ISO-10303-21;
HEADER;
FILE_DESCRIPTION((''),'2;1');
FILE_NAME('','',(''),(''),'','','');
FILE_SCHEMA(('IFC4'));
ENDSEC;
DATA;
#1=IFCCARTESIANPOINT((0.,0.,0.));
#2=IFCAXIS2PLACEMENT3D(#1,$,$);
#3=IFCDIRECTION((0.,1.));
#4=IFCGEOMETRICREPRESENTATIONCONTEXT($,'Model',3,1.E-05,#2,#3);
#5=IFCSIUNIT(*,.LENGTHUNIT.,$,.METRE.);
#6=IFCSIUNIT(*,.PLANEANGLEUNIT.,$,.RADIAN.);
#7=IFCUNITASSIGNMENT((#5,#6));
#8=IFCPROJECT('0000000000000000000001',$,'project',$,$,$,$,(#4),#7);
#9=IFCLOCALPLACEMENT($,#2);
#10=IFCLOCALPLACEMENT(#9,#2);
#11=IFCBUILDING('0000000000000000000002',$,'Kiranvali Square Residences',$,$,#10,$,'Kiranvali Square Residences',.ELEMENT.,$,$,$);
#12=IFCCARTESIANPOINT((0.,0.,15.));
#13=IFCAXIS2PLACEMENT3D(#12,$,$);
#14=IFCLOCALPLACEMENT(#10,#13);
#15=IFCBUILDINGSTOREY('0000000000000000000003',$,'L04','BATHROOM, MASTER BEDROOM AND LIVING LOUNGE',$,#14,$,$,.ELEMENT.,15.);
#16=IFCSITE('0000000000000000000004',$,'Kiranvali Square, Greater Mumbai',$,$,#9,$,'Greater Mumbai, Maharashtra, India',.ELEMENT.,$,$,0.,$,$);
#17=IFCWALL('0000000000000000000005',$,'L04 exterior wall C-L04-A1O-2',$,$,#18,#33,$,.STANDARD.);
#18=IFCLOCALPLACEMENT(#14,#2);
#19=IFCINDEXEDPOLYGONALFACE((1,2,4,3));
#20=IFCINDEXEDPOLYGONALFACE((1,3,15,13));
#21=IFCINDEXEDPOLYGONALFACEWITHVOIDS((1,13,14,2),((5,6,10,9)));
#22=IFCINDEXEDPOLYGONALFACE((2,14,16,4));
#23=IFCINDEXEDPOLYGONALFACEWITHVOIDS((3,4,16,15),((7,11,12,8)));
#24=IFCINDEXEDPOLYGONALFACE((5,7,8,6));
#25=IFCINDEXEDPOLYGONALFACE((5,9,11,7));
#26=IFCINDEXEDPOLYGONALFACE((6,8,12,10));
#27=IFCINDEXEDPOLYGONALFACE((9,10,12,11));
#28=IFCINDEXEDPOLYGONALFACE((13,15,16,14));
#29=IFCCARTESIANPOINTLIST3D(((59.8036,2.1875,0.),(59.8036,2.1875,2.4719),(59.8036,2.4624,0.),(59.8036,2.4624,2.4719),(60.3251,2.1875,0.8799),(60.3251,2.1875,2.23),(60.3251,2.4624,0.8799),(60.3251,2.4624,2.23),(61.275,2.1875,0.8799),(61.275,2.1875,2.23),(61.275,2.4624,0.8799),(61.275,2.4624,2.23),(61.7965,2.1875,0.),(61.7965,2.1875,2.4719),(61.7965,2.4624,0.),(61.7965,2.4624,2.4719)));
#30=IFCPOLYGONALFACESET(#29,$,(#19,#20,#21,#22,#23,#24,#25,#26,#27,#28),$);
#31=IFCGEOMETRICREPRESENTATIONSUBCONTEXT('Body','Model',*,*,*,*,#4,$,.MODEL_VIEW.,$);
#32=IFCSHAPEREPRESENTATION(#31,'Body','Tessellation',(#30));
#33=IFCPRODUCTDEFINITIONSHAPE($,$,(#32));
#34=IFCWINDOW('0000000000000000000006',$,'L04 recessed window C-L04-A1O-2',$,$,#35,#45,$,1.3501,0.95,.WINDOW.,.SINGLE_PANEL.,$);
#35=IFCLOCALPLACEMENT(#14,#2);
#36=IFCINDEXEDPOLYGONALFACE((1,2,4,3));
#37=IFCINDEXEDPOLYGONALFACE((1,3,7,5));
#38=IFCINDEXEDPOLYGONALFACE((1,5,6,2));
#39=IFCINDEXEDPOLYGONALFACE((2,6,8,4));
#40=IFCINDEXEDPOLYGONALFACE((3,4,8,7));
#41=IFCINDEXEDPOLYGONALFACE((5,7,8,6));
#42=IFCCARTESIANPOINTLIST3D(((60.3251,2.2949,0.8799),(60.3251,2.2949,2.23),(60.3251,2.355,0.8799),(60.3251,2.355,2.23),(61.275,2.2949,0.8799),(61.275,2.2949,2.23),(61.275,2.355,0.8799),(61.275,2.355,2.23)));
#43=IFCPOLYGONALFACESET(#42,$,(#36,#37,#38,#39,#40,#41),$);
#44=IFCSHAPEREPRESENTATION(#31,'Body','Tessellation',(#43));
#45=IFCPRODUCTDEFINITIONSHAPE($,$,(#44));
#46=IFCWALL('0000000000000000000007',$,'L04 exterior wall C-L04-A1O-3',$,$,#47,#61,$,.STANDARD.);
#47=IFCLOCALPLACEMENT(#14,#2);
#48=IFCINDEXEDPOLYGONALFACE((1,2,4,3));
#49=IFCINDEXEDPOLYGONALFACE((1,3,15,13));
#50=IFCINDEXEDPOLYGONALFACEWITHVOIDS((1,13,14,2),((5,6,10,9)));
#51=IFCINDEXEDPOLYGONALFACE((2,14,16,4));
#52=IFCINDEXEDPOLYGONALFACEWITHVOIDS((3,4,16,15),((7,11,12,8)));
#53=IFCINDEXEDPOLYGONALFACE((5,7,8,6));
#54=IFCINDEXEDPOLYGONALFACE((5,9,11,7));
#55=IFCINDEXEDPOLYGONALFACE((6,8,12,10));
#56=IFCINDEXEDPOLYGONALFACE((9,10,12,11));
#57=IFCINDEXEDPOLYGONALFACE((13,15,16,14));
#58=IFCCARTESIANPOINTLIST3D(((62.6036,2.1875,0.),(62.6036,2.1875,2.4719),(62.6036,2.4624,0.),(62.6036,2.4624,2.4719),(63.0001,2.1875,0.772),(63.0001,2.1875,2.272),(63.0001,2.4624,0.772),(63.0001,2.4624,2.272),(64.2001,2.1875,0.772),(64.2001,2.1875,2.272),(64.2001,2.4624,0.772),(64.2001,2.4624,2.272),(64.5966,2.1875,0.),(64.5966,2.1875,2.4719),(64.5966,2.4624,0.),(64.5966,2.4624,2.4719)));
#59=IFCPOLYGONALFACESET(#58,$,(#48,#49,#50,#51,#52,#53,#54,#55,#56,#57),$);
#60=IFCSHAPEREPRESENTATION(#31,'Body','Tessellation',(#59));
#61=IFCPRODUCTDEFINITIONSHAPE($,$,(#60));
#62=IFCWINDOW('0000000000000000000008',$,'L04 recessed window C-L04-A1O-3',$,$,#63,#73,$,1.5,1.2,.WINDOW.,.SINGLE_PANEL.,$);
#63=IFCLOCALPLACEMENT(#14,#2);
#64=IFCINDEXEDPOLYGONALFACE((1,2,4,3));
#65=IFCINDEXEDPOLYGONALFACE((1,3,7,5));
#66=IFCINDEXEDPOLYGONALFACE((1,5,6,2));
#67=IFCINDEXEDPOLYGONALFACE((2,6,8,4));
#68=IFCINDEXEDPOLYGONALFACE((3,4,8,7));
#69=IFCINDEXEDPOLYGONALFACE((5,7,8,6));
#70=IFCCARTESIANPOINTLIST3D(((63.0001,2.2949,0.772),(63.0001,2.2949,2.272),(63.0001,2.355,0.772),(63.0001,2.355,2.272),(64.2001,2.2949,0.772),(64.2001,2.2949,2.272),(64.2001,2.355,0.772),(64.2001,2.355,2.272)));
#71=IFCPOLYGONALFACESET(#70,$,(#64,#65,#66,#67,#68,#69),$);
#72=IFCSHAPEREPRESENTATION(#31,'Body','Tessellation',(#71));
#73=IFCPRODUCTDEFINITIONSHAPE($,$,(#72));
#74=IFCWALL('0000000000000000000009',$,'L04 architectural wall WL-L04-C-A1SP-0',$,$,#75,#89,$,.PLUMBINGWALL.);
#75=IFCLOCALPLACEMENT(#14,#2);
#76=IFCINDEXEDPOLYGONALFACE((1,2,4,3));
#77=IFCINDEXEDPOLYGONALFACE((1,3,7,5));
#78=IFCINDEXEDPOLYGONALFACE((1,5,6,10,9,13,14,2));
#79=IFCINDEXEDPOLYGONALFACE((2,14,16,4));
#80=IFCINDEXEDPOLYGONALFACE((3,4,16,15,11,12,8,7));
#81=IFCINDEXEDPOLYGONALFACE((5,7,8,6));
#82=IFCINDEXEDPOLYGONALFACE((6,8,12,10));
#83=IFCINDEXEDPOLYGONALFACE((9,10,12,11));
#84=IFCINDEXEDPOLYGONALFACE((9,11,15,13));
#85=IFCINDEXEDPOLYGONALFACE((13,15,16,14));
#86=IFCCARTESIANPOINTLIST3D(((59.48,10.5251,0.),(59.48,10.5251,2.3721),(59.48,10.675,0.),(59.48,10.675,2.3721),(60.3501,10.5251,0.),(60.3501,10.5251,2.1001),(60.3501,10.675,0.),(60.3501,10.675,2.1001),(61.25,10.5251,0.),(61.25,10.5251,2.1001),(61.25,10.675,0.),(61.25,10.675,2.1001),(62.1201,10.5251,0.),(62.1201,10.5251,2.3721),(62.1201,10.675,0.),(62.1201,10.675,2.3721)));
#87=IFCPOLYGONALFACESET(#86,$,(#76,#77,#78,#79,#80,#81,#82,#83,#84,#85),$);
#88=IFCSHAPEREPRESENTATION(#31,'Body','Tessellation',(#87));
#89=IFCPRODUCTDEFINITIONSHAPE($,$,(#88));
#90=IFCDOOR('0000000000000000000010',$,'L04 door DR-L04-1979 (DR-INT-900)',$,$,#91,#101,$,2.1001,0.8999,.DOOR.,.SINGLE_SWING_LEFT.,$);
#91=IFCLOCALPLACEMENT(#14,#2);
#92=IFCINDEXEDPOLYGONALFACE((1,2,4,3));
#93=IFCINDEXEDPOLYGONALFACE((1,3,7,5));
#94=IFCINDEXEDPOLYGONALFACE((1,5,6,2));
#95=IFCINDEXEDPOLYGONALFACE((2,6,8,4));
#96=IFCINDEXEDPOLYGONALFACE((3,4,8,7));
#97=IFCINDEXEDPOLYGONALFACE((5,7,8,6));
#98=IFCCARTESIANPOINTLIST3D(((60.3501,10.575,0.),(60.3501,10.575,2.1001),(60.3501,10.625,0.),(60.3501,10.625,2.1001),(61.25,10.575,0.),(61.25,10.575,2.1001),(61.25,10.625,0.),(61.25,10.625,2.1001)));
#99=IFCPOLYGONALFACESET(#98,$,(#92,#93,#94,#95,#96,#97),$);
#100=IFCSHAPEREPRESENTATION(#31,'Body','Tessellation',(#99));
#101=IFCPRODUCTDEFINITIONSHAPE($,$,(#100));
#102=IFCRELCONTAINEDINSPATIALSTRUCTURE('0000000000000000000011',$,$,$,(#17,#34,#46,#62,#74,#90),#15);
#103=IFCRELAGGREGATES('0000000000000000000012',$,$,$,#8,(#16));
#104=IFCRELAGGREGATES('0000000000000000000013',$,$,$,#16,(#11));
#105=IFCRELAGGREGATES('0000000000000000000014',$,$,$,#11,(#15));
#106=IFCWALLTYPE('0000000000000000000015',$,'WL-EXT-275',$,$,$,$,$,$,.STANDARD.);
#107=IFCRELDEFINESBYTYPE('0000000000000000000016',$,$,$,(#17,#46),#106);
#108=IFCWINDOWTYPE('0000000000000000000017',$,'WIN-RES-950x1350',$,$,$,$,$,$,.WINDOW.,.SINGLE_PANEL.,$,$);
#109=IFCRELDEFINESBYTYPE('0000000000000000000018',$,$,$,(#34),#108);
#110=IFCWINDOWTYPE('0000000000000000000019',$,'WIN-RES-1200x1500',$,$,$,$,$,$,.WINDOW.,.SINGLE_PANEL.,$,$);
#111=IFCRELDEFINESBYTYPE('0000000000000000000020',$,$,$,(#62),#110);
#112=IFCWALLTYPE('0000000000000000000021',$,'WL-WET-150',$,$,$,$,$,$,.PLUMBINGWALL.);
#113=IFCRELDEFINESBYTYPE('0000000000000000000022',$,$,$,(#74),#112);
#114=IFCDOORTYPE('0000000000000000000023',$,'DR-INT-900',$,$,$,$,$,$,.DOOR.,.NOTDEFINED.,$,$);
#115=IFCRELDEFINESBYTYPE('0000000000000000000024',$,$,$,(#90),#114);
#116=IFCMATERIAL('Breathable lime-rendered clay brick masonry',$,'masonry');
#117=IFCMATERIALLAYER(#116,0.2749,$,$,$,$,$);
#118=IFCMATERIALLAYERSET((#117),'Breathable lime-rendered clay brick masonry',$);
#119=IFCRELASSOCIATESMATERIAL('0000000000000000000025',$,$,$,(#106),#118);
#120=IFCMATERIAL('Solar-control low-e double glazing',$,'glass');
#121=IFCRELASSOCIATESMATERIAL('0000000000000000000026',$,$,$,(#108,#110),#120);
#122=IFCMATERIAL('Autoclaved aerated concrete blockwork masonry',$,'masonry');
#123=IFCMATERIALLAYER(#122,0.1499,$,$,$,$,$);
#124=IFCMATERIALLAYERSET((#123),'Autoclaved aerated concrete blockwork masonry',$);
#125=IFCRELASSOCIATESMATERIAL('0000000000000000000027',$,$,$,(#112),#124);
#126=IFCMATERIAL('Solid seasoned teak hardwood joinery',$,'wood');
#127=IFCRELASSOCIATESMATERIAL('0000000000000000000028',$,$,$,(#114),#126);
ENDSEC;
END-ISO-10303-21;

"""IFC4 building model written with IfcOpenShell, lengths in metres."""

from ifc_helpers import new_model, si_unit, direction, frame, frame_2d, origin, place, context, subcontext, project, spatial, rectangle, extrude, material, layer, layer_set, type_object, element, fill, save


model = new_model("IFC4")

# Units and contexts
model_context = context("Model", 3, precision=1e-05, world=origin(), true_north=direction((0.0, 1.0)))
body_context = subcontext(model_context, "Body", "Model", "MODEL_VIEW")
ifc_project = project(units=[si_unit("LENGTHUNIT", "METRE"), si_unit("PLANEANGLEUNIT", "RADIAN")], contexts=[model_context])

# Site, building, storey
site_placement = place(None, origin())
site = spatial("IfcSite", under=ifc_project, at=site_placement, Name="Kiranvali Square, Greater Mumbai", LongName="Greater Mumbai, Maharashtra, India", CompositionType="ELEMENT", RefElevation=0.0)
building_placement = place(site_placement, origin())
building = spatial("IfcBuilding", under=site, at=building_placement, Name="Kiranvali Square Residences", LongName="Kiranvali Square Residences", CompositionType="ELEMENT")
storey_placement = place(building_placement, frame((0.0, 0.0, 15.0)))
storey = spatial("IfcBuildingStorey", under=building, at=storey_placement, Name="L04", Description="BATHROOM, MASTER BEDROOM AND LIVING LOUNGE", CompositionType="ELEMENT", Elevation=15.0)

# Walls, openings, windows
ifc_material_1 = material(Name="Breathable lime-rendered clay brick masonry", Category="masonry")
ifc_layer_1 = layer(ifc_material_1, 0.2749)
ifc_layer_set_1 = layer_set([ifc_layer_1], Name="Breathable lime-rendered clay brick masonry")
wall_type_1 = type_object("IfcWallType", Name="WL-EXT-275", PredefinedType="STANDARD", material=ifc_layer_set_1)
wall_1_placement = place(storey_placement, frame((59.8035, 2.325, 0.0), z_axis=(0.0, 0.0, 1.0), x_axis=(1.0, 0.0, 0.0)))
wall_1 = element("IfcWall", 1, at=wall_1_placement, inside=storey, type_object=wall_type_1, Name="L04 exterior wall C-L04-A1O-2", PredefinedType="STANDARD", context=body_context, shape_type="SweptSolid", body=[
    extrude(rectangle(XDim=1.9929, YDim=0.2749, at=frame_2d((0.9966, 0.0))), origin(), (0.0, 0.0, 1.0), 2.4719),
])
opening_1_placement = place(wall_1_placement, frame((0.5215, 0.0, 0.8799)))
opening_1 = element("IfcOpeningElement", 2, at=opening_1_placement, cuts=wall_1, PredefinedType="OPENING", context=body_context, shape_type="SweptSolid", body=[
    extrude(rectangle(XDim=0.95, YDim=1.3501, at=frame_2d((0.4751, 0.675))), frame((0.0, 0.1475, 0.0), z_axis=(0.0, -1.0, 0.0), x_axis=(1.0, 0.0, 0.0)), (0.0, 0.0, 1.0), 0.2949),
])
ifc_material_2 = material(Name="Solar-control low-e double glazing", Category="glass")
window_type_1 = type_object("IfcWindowType", Name="WIN-RES-950x1350", PartitioningType="SINGLE_PANEL", PredefinedType="WINDOW", material=ifc_material_2)
window_1_placement = place(opening_1_placement, origin())
window_1 = element("IfcWindow", 3, at=window_1_placement, inside=storey, type_object=window_type_1, Name="L04 recessed window C-L04-A1O-2", OverallHeight=1.3501, OverallWidth=0.95, PartitioningType="SINGLE_PANEL", PredefinedType="WINDOW", context=body_context, shape_type="SweptSolid", body=[
    extrude(rectangle(XDim=0.95, YDim=1.3501, at=frame_2d((0.4751, 0.675))), frame((0.0, 0.03, 0.0), z_axis=(0.0, -1.0, 0.0), x_axis=(1.0, 0.0, 0.0)), (0.0, 0.0, 1.0), 0.0601),
])
fill(opening_1, window_1)
wall_2_placement = place(storey_placement, frame((62.6035, 2.325, 0.0), z_axis=(0.0, 0.0, 1.0), x_axis=(1.0, 0.0, 0.0)))
wall_2 = element("IfcWall", 4, at=wall_2_placement, inside=storey, type_object=wall_type_1, Name="L04 exterior wall C-L04-A1O-3", PredefinedType="STANDARD", context=body_context, shape_type="SweptSolid", body=[
    extrude(rectangle(XDim=1.9929, YDim=0.2749, at=frame_2d((0.9966, 0.0))), origin(), (0.0, 0.0, 1.0), 2.4719),
])
opening_2_placement = place(wall_2_placement, frame((0.3965, 0.0, 0.772)))
opening_2 = element("IfcOpeningElement", 5, at=opening_2_placement, cuts=wall_2, PredefinedType="OPENING", context=body_context, shape_type="SweptSolid", body=[
    extrude(rectangle(XDim=1.2, YDim=1.5, at=frame_2d((0.6001, 0.75))), frame((0.0, 0.1475, 0.0), z_axis=(0.0, -1.0, 0.0), x_axis=(1.0, 0.0, 0.0)), (0.0, 0.0, 1.0), 0.2949),
])
window_type_2 = type_object("IfcWindowType", Name="WIN-RES-1200x1500", PartitioningType="SINGLE_PANEL", PredefinedType="WINDOW", material=ifc_material_2)
window_2_placement = place(opening_2_placement, origin())
window_2 = element("IfcWindow", 6, at=window_2_placement, inside=storey, type_object=window_type_2, Name="L04 recessed window C-L04-A1O-3", OverallHeight=1.5, OverallWidth=1.2, PartitioningType="SINGLE_PANEL", PredefinedType="WINDOW", context=body_context, shape_type="SweptSolid", body=[
    extrude(rectangle(XDim=1.2, YDim=1.5, at=frame_2d((0.6001, 0.75))), frame((0.0, 0.03, 0.0), z_axis=(0.0, -1.0, 0.0), x_axis=(1.0, 0.0, 0.0)), (0.0, 0.0, 1.0), 0.0601),
])
fill(opening_2, window_2)

# Wall, opening, door
ifc_material_3 = material(Name="Autoclaved aerated concrete blockwork masonry", Category="masonry")
ifc_layer_2 = layer(ifc_material_3, 0.1499)
ifc_layer_set_2 = layer_set([ifc_layer_2], Name="Autoclaved aerated concrete blockwork masonry")
wall_type_2 = type_object("IfcWallType", Name="WL-WET-150", PredefinedType="PLUMBINGWALL", material=ifc_layer_set_2)
wall_3_placement = place(storey_placement, frame((59.48, 10.6001, 0.0), z_axis=(0.0, 0.0, 1.0), x_axis=(1.0, 0.0, 0.0)))
wall_3 = element("IfcWall", 7, at=wall_3_placement, inside=storey, type_object=wall_type_2, Name="L04 architectural wall WL-L04-C-A1SP-0", PredefinedType="PLUMBINGWALL", context=body_context, shape_type="SweptSolid", body=[
    extrude(rectangle(XDim=2.6401, YDim=0.1499, at=frame_2d((1.3201, 0.0))), origin(), (0.0, 0.0, 1.0), 2.3721),
])
opening_3_placement = place(wall_3_placement, frame((0.8701, 0.0, 0.0)))
opening_3 = element("IfcOpeningElement", 8, at=opening_3_placement, cuts=wall_3, PredefinedType="OPENING", context=body_context, shape_type="SweptSolid", body=[
    extrude(rectangle(XDim=0.8999, YDim=2.1001, at=frame_2d((0.45, 1.05))), frame((0.0, 0.085, 0.0), z_axis=(0.0, -1.0, 0.0), x_axis=(1.0, 0.0, 0.0)), (0.0, 0.0, 1.0), 0.1699),
])
ifc_material_4 = material(Name="Solid seasoned teak hardwood joinery", Category="wood")
door_type = type_object("IfcDoorType", Name="DR-INT-900", OperationType="NOTDEFINED", PredefinedType="DOOR", material=ifc_material_4)
door_placement = place(opening_3_placement, origin())
door = element("IfcDoor", 9, at=door_placement, inside=storey, type_object=door_type, Name="L04 door DR-L04-1979 (DR-INT-900)", OperationType="SINGLE_SWING_LEFT", OverallHeight=2.1001, OverallWidth=0.8999, PredefinedType="DOOR", context=body_context, shape_type="SweptSolid", body=[
    extrude(rectangle(XDim=0.8999, YDim=2.1001, at=frame_2d((0.45, 1.05))), frame((0.0, 0.0249, 0.0), z_axis=(0.0, -1.0, 0.0), x_axis=(1.0, 0.0, 0.0)), (0.0, 0.0, 1.0), 0.05),
])
fill(opening_3, door)

save(model, "model.ifc")
